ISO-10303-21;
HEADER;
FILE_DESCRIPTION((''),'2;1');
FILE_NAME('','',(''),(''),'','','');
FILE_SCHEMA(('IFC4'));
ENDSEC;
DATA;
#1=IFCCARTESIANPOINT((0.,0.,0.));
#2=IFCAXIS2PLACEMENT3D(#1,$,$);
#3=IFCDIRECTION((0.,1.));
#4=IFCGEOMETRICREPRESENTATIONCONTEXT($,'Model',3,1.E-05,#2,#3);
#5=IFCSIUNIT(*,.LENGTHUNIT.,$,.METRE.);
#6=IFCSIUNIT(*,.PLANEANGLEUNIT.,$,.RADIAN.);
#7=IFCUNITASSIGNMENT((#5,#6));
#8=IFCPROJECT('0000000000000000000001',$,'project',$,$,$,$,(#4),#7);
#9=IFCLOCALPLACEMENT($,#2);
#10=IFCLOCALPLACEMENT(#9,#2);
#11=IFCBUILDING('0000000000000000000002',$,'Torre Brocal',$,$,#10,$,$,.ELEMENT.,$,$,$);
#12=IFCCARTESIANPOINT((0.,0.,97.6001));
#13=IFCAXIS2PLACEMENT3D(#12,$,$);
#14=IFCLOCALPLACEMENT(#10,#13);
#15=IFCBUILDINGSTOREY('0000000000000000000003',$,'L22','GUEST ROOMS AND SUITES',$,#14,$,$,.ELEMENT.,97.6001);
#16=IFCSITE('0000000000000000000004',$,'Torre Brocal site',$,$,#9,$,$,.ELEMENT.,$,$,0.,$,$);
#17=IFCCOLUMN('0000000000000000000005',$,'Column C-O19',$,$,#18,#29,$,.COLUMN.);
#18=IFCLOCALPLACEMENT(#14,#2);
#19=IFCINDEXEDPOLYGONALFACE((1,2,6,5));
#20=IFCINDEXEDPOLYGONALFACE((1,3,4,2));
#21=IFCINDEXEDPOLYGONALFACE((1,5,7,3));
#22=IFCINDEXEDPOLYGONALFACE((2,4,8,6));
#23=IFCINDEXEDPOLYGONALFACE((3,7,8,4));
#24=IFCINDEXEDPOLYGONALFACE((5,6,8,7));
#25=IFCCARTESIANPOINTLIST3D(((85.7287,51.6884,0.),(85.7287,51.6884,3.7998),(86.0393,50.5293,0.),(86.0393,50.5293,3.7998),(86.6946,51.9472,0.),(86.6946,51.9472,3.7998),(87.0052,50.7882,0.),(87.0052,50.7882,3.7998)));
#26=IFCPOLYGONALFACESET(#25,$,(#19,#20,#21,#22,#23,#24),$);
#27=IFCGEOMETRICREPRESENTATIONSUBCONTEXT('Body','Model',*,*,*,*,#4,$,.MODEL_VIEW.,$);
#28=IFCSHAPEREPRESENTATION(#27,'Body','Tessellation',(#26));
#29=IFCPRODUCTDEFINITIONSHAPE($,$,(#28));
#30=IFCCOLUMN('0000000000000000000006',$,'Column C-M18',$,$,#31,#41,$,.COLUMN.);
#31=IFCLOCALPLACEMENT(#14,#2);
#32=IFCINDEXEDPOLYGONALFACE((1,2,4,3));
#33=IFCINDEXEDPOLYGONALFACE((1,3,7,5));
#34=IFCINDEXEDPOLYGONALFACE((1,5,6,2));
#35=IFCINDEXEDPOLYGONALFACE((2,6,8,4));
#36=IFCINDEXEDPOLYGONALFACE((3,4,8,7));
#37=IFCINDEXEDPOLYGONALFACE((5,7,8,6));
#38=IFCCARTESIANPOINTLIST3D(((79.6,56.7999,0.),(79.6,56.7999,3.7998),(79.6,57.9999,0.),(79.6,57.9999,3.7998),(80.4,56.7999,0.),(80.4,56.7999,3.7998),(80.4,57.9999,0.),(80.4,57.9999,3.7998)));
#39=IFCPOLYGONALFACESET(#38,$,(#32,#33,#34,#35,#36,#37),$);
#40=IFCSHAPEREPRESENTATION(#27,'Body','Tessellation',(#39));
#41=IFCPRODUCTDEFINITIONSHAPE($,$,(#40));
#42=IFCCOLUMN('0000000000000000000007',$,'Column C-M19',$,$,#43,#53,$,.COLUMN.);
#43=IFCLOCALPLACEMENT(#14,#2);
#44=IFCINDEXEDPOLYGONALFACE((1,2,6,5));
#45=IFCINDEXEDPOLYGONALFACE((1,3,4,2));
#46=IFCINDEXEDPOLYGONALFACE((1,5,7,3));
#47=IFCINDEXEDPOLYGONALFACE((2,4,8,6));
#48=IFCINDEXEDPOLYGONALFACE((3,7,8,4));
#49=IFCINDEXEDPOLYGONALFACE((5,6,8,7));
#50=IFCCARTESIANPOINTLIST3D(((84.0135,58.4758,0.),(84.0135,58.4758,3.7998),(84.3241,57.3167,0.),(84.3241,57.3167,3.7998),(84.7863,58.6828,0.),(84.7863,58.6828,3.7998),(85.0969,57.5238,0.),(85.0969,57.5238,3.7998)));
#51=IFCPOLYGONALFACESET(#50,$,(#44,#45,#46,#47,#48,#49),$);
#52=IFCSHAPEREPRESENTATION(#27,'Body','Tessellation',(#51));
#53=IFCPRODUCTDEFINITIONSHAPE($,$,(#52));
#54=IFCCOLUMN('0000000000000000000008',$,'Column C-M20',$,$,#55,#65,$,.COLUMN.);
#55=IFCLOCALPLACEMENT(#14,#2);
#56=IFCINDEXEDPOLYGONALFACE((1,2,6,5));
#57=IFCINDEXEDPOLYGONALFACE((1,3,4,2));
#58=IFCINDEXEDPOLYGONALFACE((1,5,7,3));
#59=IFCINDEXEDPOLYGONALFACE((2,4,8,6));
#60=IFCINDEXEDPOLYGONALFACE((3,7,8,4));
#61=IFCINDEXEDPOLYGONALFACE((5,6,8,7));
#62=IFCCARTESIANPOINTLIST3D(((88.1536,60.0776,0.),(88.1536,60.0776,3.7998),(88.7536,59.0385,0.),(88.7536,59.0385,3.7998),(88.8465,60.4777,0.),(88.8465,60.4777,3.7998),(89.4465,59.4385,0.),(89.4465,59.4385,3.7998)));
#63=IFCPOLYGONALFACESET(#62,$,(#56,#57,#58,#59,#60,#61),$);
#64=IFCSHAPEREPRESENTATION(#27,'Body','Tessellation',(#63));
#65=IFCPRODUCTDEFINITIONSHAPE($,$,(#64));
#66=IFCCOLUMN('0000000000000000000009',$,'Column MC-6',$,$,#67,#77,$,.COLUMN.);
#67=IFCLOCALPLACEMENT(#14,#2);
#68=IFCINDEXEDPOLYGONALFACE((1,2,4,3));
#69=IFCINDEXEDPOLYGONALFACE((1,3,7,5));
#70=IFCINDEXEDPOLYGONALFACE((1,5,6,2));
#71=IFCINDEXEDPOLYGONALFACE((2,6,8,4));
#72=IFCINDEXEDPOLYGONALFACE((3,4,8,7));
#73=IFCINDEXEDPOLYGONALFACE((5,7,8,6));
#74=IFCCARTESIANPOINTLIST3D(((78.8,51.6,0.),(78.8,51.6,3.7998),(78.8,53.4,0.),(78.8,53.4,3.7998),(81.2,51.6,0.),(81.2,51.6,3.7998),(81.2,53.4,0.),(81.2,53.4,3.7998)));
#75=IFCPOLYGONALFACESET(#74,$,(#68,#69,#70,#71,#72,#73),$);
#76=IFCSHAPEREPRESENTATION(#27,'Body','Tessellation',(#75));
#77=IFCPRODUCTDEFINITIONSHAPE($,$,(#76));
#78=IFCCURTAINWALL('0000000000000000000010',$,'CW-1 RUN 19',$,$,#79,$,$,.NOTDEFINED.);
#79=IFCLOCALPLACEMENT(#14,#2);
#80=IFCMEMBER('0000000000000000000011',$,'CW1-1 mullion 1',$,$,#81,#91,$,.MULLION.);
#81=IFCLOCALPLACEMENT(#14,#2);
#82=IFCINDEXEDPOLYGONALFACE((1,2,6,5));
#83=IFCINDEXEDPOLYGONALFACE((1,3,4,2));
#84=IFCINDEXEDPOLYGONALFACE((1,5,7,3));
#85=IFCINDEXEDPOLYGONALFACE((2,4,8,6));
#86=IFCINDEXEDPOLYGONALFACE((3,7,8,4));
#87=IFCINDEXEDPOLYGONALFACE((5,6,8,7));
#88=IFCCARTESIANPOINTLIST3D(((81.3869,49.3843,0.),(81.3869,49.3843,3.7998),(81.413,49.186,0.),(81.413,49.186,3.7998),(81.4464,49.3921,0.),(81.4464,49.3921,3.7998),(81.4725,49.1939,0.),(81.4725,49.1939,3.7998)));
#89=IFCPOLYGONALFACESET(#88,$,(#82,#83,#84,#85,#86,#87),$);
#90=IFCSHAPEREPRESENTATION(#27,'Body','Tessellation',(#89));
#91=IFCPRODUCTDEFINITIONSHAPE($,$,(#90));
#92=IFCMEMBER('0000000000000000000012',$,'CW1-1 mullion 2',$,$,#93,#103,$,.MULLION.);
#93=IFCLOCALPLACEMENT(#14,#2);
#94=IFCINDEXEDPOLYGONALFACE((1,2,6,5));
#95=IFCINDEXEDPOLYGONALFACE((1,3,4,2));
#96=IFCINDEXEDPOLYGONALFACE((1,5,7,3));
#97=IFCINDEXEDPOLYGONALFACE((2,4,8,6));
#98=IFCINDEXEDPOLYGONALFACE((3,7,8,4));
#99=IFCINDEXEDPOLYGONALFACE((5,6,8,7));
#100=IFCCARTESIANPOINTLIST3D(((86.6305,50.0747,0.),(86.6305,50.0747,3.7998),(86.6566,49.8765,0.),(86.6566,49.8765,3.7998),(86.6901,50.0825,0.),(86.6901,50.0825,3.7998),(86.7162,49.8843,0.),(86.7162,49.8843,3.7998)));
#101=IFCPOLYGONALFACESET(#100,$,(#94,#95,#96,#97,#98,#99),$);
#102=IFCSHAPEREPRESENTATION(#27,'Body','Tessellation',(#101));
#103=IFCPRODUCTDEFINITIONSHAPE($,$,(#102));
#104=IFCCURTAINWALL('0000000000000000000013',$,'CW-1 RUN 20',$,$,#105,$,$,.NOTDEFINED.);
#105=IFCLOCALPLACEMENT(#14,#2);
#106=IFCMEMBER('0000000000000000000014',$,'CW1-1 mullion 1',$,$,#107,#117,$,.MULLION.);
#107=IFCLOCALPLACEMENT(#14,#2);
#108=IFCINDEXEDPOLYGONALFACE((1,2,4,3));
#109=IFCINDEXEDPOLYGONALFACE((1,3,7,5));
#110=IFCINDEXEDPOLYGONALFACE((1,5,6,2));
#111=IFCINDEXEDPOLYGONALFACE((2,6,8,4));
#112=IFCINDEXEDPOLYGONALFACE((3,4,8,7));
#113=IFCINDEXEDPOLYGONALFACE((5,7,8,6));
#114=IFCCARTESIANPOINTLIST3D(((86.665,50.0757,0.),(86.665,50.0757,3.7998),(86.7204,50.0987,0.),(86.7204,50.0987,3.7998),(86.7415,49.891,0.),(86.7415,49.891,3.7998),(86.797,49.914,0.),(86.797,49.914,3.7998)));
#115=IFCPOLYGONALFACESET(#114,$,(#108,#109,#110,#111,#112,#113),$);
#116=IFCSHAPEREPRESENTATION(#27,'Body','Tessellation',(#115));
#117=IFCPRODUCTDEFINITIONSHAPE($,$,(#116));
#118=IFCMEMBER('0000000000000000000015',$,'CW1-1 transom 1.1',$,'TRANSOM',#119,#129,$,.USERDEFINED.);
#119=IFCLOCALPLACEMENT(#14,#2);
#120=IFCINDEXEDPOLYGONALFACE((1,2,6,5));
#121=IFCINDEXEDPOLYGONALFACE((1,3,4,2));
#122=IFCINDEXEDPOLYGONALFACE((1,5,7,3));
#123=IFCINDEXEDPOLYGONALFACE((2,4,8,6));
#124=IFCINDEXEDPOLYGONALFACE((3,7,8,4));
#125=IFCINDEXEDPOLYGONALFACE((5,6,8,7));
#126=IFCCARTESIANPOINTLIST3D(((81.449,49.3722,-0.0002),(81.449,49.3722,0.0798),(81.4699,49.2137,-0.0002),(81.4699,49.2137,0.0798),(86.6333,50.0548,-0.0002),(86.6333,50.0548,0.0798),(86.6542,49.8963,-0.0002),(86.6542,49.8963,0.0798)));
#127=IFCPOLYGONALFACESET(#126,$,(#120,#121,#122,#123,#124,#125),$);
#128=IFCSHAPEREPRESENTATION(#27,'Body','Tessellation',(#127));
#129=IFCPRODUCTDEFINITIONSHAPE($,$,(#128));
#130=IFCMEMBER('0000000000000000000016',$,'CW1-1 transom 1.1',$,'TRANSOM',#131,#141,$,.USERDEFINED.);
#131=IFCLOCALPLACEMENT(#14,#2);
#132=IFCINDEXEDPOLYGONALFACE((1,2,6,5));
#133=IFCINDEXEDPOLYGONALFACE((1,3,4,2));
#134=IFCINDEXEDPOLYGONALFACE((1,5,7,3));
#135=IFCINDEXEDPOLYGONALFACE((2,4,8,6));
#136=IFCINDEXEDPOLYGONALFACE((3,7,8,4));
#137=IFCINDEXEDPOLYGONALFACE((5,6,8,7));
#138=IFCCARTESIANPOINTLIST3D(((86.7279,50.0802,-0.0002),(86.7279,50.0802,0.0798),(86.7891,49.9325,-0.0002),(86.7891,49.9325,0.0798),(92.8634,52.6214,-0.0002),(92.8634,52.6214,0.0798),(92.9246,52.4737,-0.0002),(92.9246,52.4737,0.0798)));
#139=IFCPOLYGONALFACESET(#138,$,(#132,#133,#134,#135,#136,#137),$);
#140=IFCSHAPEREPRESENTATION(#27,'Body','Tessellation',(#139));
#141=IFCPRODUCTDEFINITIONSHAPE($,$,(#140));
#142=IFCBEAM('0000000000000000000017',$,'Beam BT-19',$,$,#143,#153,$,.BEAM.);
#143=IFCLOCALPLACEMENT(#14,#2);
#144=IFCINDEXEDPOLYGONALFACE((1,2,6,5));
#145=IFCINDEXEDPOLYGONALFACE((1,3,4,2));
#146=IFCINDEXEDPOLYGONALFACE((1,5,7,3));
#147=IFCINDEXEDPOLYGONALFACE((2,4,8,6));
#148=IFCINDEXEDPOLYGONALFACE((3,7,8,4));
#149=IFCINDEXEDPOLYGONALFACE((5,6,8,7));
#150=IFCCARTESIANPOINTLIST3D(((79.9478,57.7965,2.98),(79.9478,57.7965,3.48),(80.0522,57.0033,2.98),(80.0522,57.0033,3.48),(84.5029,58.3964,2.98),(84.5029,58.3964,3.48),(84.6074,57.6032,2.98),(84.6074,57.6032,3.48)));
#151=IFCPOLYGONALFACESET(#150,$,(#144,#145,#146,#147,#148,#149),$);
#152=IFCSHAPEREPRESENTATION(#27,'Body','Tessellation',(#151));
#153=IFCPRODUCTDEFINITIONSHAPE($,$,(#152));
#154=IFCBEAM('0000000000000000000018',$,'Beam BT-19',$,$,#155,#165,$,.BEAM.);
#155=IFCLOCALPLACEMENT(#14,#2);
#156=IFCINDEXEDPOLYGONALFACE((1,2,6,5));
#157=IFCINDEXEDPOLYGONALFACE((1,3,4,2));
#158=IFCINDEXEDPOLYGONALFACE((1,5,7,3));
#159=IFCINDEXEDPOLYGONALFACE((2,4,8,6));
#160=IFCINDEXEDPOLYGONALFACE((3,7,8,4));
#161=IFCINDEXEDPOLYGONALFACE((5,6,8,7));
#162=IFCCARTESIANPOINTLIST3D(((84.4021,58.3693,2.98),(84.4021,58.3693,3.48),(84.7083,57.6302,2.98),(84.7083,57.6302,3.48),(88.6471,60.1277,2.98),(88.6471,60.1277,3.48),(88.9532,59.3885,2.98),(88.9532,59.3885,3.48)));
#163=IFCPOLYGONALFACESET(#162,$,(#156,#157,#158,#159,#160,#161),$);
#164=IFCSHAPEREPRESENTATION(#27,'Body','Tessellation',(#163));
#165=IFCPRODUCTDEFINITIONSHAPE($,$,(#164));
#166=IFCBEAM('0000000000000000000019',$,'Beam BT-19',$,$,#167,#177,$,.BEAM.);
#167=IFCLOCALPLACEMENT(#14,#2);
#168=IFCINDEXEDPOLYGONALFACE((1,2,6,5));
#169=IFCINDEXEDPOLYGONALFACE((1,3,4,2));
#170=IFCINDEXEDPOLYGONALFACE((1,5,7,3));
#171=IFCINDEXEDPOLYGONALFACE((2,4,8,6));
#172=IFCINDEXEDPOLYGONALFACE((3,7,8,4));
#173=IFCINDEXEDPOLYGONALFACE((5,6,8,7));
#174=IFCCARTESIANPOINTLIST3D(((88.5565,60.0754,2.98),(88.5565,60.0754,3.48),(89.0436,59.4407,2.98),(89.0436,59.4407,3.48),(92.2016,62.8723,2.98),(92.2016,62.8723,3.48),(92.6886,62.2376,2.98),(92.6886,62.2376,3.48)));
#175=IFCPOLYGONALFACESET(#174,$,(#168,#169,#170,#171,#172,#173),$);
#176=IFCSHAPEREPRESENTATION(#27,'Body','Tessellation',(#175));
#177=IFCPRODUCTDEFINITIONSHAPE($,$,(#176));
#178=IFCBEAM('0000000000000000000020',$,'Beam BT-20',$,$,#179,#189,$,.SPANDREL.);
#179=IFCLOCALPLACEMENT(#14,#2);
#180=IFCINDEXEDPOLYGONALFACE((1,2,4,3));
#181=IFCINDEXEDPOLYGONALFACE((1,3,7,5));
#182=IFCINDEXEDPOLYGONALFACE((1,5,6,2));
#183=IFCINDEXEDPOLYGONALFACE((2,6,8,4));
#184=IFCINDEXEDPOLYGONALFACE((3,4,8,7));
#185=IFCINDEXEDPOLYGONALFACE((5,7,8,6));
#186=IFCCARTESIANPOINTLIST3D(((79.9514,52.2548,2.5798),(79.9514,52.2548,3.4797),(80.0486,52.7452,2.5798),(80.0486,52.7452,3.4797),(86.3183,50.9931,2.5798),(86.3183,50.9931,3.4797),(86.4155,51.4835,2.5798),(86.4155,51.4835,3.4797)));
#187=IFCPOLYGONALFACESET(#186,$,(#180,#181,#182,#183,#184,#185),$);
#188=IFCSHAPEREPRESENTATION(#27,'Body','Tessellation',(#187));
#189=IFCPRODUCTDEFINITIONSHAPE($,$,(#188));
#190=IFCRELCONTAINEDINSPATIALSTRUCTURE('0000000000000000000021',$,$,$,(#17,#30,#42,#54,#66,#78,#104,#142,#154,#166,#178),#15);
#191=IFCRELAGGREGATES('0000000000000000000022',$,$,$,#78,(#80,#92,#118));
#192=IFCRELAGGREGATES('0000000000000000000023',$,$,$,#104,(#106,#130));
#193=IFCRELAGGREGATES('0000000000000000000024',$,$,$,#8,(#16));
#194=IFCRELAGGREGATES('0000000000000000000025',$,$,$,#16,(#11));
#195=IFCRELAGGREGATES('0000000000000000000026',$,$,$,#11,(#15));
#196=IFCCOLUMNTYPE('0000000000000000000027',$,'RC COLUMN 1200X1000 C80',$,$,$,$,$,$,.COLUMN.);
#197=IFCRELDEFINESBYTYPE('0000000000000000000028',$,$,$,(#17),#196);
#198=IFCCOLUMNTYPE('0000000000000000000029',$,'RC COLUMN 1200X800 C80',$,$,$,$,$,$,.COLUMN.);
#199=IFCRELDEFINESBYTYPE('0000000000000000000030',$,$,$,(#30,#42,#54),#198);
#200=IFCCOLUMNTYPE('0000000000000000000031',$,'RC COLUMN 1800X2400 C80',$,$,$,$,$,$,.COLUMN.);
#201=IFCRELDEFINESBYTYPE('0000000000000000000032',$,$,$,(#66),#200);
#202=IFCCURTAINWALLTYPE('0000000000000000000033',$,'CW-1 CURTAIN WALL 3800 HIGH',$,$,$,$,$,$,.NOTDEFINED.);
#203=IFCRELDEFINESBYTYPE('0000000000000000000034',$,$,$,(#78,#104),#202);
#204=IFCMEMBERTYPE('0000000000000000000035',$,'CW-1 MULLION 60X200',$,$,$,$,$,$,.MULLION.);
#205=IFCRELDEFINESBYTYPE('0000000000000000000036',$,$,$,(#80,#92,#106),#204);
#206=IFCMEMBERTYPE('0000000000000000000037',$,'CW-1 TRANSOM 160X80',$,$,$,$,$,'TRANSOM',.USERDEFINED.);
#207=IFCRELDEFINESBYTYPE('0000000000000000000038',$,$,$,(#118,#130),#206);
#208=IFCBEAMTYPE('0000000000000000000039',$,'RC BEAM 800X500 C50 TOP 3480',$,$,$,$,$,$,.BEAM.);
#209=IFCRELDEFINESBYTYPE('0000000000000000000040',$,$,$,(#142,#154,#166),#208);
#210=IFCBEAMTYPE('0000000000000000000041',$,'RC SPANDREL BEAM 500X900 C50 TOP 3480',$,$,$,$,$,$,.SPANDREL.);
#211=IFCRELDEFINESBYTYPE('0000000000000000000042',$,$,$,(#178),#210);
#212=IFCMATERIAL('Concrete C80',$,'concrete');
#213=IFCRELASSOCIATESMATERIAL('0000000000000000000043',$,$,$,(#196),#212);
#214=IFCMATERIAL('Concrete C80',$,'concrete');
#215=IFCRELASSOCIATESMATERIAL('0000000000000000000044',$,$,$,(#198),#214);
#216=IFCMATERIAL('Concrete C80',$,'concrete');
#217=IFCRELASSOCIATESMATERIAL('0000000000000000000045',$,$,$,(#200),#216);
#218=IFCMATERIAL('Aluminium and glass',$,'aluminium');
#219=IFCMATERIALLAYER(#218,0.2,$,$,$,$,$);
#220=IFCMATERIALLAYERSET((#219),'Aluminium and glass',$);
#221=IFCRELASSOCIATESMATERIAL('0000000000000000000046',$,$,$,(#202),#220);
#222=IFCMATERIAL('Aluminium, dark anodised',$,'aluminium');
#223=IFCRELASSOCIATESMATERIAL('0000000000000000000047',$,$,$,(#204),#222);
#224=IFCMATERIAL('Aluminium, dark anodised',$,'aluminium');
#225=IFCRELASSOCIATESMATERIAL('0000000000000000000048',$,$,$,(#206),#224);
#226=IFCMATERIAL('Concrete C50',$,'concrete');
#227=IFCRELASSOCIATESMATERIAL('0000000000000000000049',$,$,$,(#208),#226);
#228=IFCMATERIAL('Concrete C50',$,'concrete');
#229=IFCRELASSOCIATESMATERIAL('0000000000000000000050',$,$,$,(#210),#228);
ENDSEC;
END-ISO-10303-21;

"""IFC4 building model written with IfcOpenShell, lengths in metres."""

from ifc_helpers import new_model, si_unit, direction, frame, origin, origin_2d, place, context, subcontext, project, spatial, rectangle, extrude, material, layer, layer_set, material_profile, profile_set, type_object, element, aggregate, save


model = new_model("IFC4")

# Units and contexts
model_context = context("Model", 3, precision=1e-05, world=origin(), true_north=direction((0.0, 1.0)))
body_context = subcontext(model_context, "Body", "Model", "MODEL_VIEW")
ifc_project = project(units=[si_unit("LENGTHUNIT", "METRE"), si_unit("PLANEANGLEUNIT", "RADIAN")], contexts=[model_context])

# Site, building, storey
site_placement = place(None, origin())
site = spatial("IfcSite", under=ifc_project, at=site_placement, Name="Torre Brocal site", CompositionType="ELEMENT", RefElevation=0.0)
building_placement = place(site_placement, origin())
building = spatial("IfcBuilding", under=site, at=building_placement, Name="Torre Brocal", CompositionType="ELEMENT")
storey_placement = place(building_placement, frame((0.0, 0.0, 97.6001)))
storey = spatial("IfcBuildingStorey", under=building, at=storey_placement, Name="L22", Description="GUEST ROOMS AND SUITES", CompositionType="ELEMENT", Elevation=97.6001)

# Columns
ifc_material_1 = material(Name="Concrete C80", Category="concrete")
ifc_material_profile_1 = material_profile(ifc_material_1, rectangle(XDim=1.2, YDim=1.0, at=origin_2d()), Name="RC 1200X1000")
ifc_profile_set_1 = profile_set([ifc_material_profile_1], Name="Concrete C80")
column_type_1 = type_object("IfcColumnType", Name="RC COLUMN 1200X1000 C80", PredefinedType="COLUMN", material=ifc_profile_set_1)
column_1_placement = place(storey_placement, frame((86.3669, 51.2383, 0.0), z_axis=(0.0, 0.0, 1.0), x_axis=(0.258819, -0.965926, 0.0)))
element("IfcColumn", 1, at=column_1_placement, inside=storey, type_object=column_type_1, Name="Column C-O19", PredefinedType="COLUMN", context=body_context, shape_type="SweptSolid", body=[
    extrude(rectangle(XDim=1.2, YDim=1.0, at=origin_2d()), origin(), (0.0, 0.0, 1.0), 3.7998),
])
ifc_material_2 = material(Name="Concrete C80", Category="concrete")
ifc_material_profile_2 = material_profile(ifc_material_2, rectangle(XDim=1.2, YDim=0.8, at=origin_2d()), Name="RC 1200X800")
ifc_profile_set_2 = profile_set([ifc_material_profile_2], Name="Concrete C80")
column_type_2 = type_object("IfcColumnType", Name="RC COLUMN 1200X800 C80", PredefinedType="COLUMN", material=ifc_profile_set_2)
for number, where, z_axis, x_axis, name in (
    (2, (80.0, 57.3999, 0.0), (0.0, 0.0, 1.0), (0.0, -1.0, 0.0), "Column C-M18"),
    (3, (84.5552, 57.9998, 0.0), (0.0, 0.0, 1.0), (0.258819, -0.965926, 0.0), "Column C-M19"),
    (4, (88.8, 59.7581, 0.0), (0.0, 0.0, 1.0), (0.5, -0.866025, 0.0), "Column C-M20"),
):
    element("IfcColumn", number, at=place(storey_placement, frame(where, z_axis=z_axis, x_axis=x_axis)), inside=storey, type_object=column_type_2, Name=name, PredefinedType="COLUMN", context=body_context, shape_type="SweptSolid", body=[
        extrude(rectangle(XDim=1.2, YDim=0.8, at=origin_2d()), origin(), (0.0, 0.0, 1.0), 3.7998),
    ])
ifc_material_3 = material(Name="Concrete C80", Category="concrete")
ifc_material_profile_3 = material_profile(ifc_material_3, rectangle(XDim=1.8, YDim=2.3999, at=origin_2d()), Name="RC 1800X2400")
ifc_profile_set_3 = profile_set([ifc_material_profile_3], Name="Concrete C80")
column_type_3 = type_object("IfcColumnType", Name="RC COLUMN 1800X2400 C80", PredefinedType="COLUMN", material=ifc_profile_set_3)
column_2_placement = place(storey_placement, frame((80.0, 52.5, 0.0), z_axis=(0.0, 0.0, 1.0), x_axis=(0.0, -1.0, 0.0)))
element("IfcColumn", 5, at=column_2_placement, inside=storey, type_object=column_type_3, Name="Column MC-6", PredefinedType="COLUMN", context=body_context, shape_type="SweptSolid", body=[
    extrude(rectangle(XDim=1.8, YDim=2.3999, at=origin_2d()), origin(), (0.0, 0.0, 1.0), 3.7998),
])

# Curtain wall, members
ifc_material_4 = material(Name="Aluminium and glass", Category="aluminium")
ifc_layer_1 = layer(ifc_material_4, 0.2)
ifc_layer_set_1 = layer_set([ifc_layer_1], Name="Aluminium and glass")
curtain_wall_type = type_object("IfcCurtainWallType", Name="CW-1 CURTAIN WALL 3800 HIGH", PredefinedType="NOTDEFINED", material=ifc_layer_set_1)
curtain_wall_1_placement = place(storey_placement, origin())
curtain_wall_1 = element("IfcCurtainWall", 6, at=curtain_wall_1_placement, inside=storey, type_object=curtain_wall_type, Name="CW-1 RUN 19", PredefinedType="NOTDEFINED")
ifc_material_5 = material(Name="Aluminium, dark anodised", Category="aluminium")
ifc_material_profile_4 = material_profile(ifc_material_5, rectangle(XDim=0.2, YDim=0.0601, at=origin_2d()), Name="CW-1 MULLION 60X200")
ifc_profile_set_4 = profile_set([ifc_material_profile_4], Name="Aluminium, dark anodised")
member_type_1 = type_object("IfcMemberType", Name="CW-1 MULLION 60X200", PredefinedType="MULLION", material=ifc_profile_set_4)
member_1_placement = place(storey_placement, frame((81.4297, 49.2891, 0.0), z_axis=(0.0, 0.0, 1.0), x_axis=(-0.130526, 0.991445, 0.0)))
member_1 = element("IfcMember", 7, at=member_1_placement, type_object=member_type_1, Name="CW1-1 mullion 1", PredefinedType="MULLION", context=body_context, shape_type="SweptSolid", body=[
    extrude(rectangle(XDim=0.2, YDim=0.0601, at=origin_2d()), origin(), (0.0, 0.0, 1.0), 3.7998),
])
member_2_placement = place(storey_placement, frame((86.6733, 49.9795, 0.0), z_axis=(0.0, 0.0, 1.0), x_axis=(-0.130526, 0.991445, 0.0)))
member_2 = element("IfcMember", 8, at=member_2_placement, type_object=member_type_1, Name="CW1-1 mullion 2", PredefinedType="MULLION", context=body_context, shape_type="SweptSolid", body=[
    extrude(rectangle(XDim=0.2, YDim=0.0601, at=origin_2d()), origin(), (0.0, 0.0, 1.0), 3.7998),
])

# Curtain wall, member
curtain_wall_2_placement = place(storey_placement, origin())
curtain_wall_2 = element("IfcCurtainWall", 9, at=curtain_wall_2_placement, inside=storey, type_object=curtain_wall_type, Name="CW-1 RUN 20", PredefinedType="NOTDEFINED")
member_3_placement = place(storey_placement, frame((86.731, 49.9949, 0.0), z_axis=(0.0, 0.0, 1.0), x_axis=(-0.382683, 0.92388, 0.0)))
member_3 = element("IfcMember", 10, at=member_3_placement, type_object=member_type_1, Name="CW1-1 mullion 1", PredefinedType="MULLION", context=body_context, shape_type="SweptSolid", body=[
    extrude(rectangle(XDim=0.2, YDim=0.0601, at=origin_2d()), origin(), (0.0, 0.0, 1.0), 3.7998),
])

# Members
ifc_material_6 = material(Name="Aluminium, dark anodised", Category="aluminium")
ifc_material_profile_5 = material_profile(ifc_material_6, rectangle(XDim=0.1599, YDim=0.0801, at=origin_2d()), Name="CW-1 TRANSOM 160X80")
ifc_profile_set_5 = profile_set([ifc_material_profile_5], Name="Aluminium, dark anodised")
member_type_2 = type_object("IfcMemberType", Name="CW-1 TRANSOM 160X80", ElementType="TRANSOM", PredefinedType="USERDEFINED", material=ifc_profile_set_5)
member_4_placement = place(storey_placement, frame((81.4595, 49.293, 0.0398), z_axis=(0.991443, 0.130543, 0.0), x_axis=(-0.130543, 0.991443, 0.0)))
member_4 = element("IfcMember", 11, at=member_4_placement, type_object=member_type_2, Name="CW1-1 transom 1.1", ObjectType="TRANSOM", PredefinedType="USERDEFINED", context=body_context, shape_type="SweptSolid", body=[
    extrude(rectangle(XDim=0.1599, YDim=0.0801, at=origin_2d()), origin(), (0.0, 0.0, 1.0), 5.229),
])
member_5_placement = place(storey_placement, frame((86.7585, 50.0063, 0.0398), z_axis=(0.923887, 0.382665, 0.0), x_axis=(-0.382665, 0.923887, 0.0)))
member_5 = element("IfcMember", 12, at=member_5_placement, type_object=member_type_2, Name="CW1-1 transom 1.1", ObjectType="TRANSOM", PredefinedType="USERDEFINED", context=body_context, shape_type="SweptSolid", body=[
    extrude(rectangle(XDim=0.1599, YDim=0.0801, at=origin_2d()), origin(), (0.0, 0.0, 1.0), 6.6409),
])

# Beams
ifc_material_7 = material(Name="Concrete C50", Category="concrete")
ifc_material_profile_6 = material_profile(ifc_material_7, rectangle(XDim=0.8, YDim=0.5, at=origin_2d()), Name="RC 800X500")
ifc_profile_set_6 = profile_set([ifc_material_profile_6], Name="Concrete C50")
beam_type_1 = type_object("IfcBeamType", Name="RC BEAM 800X500 C50 TOP 3480", PredefinedType="BEAM", material=ifc_profile_set_6)
beam_1_placement = place(storey_placement, frame((80.0, 57.3999, 3.23), z_axis=(0.991441, 0.130559, 0.0), x_axis=(-0.130559, 0.991441, 0.0)))
element("IfcBeam", 13, at=beam_1_placement, inside=storey, type_object=beam_type_1, Name="Beam BT-19", PredefinedType="BEAM", context=body_context, shape_type="SweptSolid", body=[
    extrude(rectangle(XDim=0.8, YDim=0.5, at=origin_2d()), origin(), (0.0, 0.0, 1.0), 4.5945),
])
beam_2_placement = place(storey_placement, frame((84.5552, 57.9998, 3.23), z_axis=(0.923878, 0.382687, 0.0), x_axis=(-0.382687, 0.923878, 0.0)))
element("IfcBeam", 14, at=beam_2_placement, inside=storey, type_object=beam_type_1, Name="Beam BT-19", PredefinedType="BEAM", context=body_context, shape_type="SweptSolid", body=[
    extrude(rectangle(XDim=0.8, YDim=0.5, at=origin_2d()), origin(), (0.0, 0.0, 1.0), 4.5947),
])
beam_3_placement = place(storey_placement, frame((88.8, 59.7581, 3.23), z_axis=(0.793358, 0.608755, 0.0), x_axis=(-0.608755, 0.793358, 0.0)))
element("IfcBeam", 15, at=beam_3_placement, inside=storey, type_object=beam_type_1, Name="Beam BT-19", PredefinedType="BEAM", context=body_context, shape_type="SweptSolid", body=[
    extrude(rectangle(XDim=0.8, YDim=0.5, at=origin_2d()), origin(), (0.0, 0.0, 1.0), 4.5945),
])
ifc_material_8 = material(Name="Concrete C50", Category="concrete")
ifc_material_profile_7 = material_profile(ifc_material_8, rectangle(XDim=0.5, YDim=0.8999, at=origin_2d()), Name="RC 500X900")
ifc_profile_set_7 = profile_set([ifc_material_profile_7], Name="Concrete C50")
beam_type_2 = type_object("IfcBeamType", Name="RC SPANDREL BEAM 500X900 C50 TOP 3480", PredefinedType="SPANDREL", material=ifc_profile_set_7)
beam_4_placement = place(storey_placement, frame((80.0, 52.5, 3.0298), z_axis=(0.980925, -0.194387, 0.0), x_axis=(0.194387, 0.980925, 0.0)))
element("IfcBeam", 16, at=beam_4_placement, inside=storey, type_object=beam_type_2, Name="Beam BT-20", PredefinedType="SPANDREL", context=body_context, shape_type="SweptSolid", body=[
    extrude(rectangle(XDim=0.5, YDim=0.8999, at=origin_2d()), origin(), (0.0, 0.0, 1.0), 6.4907),
])

aggregate(curtain_wall_1, [member_1, member_2, member_4])
aggregate(curtain_wall_2, [member_3, member_5])

save(model, "model.ifc")
